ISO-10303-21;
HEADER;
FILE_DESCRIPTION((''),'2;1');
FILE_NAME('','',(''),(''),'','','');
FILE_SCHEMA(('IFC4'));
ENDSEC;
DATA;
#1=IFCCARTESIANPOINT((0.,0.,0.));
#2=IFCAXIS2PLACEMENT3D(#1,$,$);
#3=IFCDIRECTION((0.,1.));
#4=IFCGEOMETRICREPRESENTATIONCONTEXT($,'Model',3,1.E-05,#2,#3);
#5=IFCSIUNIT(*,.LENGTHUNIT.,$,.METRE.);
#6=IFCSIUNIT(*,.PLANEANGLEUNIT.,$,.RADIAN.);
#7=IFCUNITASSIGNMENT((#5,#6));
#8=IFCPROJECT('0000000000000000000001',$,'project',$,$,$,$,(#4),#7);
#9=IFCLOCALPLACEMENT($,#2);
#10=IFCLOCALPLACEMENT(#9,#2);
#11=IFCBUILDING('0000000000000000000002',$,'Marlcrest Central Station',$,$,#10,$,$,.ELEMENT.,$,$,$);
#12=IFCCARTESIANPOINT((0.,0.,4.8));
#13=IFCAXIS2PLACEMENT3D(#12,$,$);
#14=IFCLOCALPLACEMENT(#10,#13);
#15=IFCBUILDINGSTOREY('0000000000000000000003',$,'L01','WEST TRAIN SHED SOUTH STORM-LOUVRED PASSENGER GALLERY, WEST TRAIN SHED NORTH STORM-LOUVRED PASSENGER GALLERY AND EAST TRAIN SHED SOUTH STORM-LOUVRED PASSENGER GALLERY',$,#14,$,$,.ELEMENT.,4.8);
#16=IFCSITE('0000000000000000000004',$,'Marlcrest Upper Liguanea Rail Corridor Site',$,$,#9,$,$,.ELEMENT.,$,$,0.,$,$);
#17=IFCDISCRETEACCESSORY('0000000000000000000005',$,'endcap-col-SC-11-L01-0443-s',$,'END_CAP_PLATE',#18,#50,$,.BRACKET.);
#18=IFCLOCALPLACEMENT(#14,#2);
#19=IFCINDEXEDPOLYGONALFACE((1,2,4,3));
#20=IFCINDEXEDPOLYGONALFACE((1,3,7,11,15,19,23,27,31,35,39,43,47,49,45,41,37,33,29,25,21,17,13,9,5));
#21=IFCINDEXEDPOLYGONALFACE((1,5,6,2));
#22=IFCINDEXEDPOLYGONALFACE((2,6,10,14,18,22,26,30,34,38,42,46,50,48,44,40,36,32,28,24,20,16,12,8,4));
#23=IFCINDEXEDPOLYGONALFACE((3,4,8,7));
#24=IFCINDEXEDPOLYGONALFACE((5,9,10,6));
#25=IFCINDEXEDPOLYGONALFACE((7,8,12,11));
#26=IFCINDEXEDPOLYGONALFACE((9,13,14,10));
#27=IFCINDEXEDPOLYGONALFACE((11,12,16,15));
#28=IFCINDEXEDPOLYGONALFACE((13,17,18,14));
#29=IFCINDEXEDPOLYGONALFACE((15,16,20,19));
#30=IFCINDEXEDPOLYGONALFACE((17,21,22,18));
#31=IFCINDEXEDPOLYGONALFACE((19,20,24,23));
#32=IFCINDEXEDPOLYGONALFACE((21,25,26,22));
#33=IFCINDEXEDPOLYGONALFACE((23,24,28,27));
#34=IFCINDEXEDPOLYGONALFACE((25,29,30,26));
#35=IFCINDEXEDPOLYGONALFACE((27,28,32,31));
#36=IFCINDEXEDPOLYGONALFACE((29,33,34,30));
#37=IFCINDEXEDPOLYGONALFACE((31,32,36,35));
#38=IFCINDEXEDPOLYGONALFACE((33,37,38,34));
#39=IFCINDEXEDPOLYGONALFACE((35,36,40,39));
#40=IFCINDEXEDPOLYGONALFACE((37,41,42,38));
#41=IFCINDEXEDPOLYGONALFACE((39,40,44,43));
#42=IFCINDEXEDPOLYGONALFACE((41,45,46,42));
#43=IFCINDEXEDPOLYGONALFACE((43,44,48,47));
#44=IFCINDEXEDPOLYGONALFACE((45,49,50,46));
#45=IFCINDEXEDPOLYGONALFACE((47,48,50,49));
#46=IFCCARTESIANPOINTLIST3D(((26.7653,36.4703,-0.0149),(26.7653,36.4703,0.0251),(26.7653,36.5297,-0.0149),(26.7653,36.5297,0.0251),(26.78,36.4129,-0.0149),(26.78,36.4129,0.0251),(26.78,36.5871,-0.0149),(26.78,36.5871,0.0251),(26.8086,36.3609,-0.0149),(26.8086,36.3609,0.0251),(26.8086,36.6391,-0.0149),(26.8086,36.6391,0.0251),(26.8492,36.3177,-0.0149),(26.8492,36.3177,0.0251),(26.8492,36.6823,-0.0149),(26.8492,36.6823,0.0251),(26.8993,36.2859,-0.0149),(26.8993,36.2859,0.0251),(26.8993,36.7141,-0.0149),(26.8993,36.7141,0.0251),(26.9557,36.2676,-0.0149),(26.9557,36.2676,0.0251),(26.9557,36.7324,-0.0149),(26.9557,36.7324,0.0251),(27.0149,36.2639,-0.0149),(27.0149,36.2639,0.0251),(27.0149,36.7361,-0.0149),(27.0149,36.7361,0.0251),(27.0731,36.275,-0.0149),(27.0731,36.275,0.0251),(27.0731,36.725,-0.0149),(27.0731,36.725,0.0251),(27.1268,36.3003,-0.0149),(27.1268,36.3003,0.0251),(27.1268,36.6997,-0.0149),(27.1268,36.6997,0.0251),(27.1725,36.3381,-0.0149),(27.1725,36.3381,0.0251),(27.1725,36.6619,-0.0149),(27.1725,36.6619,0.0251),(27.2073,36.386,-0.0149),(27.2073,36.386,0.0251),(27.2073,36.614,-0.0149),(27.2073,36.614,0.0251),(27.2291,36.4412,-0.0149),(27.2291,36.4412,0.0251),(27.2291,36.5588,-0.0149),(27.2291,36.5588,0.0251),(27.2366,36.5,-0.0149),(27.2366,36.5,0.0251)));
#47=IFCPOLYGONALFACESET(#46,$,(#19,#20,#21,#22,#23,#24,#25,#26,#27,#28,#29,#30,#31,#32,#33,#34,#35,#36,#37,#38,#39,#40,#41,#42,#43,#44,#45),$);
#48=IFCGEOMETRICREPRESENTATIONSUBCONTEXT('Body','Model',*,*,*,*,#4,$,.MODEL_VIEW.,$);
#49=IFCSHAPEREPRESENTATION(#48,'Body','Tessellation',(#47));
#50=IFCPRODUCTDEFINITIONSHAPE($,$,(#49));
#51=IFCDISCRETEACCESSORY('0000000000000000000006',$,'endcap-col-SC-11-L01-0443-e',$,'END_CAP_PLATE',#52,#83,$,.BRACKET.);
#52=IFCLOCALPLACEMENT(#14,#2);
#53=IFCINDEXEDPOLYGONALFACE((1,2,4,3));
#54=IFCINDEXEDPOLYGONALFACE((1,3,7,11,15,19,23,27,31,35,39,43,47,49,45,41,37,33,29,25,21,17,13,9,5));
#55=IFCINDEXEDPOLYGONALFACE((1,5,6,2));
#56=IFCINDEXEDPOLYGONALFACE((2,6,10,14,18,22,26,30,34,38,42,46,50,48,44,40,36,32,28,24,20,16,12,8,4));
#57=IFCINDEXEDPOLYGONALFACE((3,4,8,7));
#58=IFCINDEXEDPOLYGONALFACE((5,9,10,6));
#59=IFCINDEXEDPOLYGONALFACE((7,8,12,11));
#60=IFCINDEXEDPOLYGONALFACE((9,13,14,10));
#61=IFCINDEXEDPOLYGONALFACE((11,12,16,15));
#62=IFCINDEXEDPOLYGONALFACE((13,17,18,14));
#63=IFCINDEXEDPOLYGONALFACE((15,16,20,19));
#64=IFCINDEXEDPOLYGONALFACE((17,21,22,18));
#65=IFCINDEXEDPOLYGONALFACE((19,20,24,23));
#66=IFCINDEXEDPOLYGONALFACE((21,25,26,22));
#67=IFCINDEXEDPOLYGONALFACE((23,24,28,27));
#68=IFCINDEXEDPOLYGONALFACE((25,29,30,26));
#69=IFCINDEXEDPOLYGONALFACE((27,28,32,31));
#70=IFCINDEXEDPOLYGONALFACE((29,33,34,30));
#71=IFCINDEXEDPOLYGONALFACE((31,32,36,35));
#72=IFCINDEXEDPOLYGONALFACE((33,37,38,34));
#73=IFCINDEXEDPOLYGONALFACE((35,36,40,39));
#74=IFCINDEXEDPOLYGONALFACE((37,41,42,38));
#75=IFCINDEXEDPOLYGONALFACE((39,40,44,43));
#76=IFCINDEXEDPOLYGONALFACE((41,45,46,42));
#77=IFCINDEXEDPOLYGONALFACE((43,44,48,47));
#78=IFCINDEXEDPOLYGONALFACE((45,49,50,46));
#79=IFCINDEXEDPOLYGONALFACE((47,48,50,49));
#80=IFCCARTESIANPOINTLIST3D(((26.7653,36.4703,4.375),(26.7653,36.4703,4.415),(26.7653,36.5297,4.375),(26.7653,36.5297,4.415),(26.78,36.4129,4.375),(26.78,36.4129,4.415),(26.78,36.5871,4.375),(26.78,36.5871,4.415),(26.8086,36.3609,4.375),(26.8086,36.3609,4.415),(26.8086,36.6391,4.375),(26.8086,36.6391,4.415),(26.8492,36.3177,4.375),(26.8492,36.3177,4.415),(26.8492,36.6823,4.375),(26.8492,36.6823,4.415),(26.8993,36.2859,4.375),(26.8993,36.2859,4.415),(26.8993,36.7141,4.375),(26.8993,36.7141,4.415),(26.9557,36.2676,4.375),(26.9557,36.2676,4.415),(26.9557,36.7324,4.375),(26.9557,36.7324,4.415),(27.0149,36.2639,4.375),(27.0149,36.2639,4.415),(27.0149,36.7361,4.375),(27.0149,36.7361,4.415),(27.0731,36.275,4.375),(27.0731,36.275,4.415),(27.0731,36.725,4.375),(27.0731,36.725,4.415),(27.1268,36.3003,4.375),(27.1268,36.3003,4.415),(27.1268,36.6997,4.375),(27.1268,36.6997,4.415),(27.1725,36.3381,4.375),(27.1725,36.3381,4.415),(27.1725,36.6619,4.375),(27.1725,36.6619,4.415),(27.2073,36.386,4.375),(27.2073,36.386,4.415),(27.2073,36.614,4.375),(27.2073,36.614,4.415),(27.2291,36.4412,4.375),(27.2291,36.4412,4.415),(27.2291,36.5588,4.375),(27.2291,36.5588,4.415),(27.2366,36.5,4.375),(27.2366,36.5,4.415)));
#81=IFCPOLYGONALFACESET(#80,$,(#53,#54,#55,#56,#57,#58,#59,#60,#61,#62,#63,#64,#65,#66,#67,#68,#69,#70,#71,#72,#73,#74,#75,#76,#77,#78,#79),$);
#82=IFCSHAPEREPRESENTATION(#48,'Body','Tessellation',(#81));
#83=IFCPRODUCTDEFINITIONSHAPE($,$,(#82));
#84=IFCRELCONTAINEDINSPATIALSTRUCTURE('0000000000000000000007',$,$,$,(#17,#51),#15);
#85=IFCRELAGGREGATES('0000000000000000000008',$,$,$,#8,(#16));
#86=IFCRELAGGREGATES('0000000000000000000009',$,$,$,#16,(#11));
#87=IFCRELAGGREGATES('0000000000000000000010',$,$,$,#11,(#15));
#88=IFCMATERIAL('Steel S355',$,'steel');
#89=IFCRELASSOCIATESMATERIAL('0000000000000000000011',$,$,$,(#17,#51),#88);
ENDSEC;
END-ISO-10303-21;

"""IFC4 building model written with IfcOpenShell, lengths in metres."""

from ifc_helpers import new_model, si_unit, direction, frame, origin, origin_2d, place, context, subcontext, project, spatial, circle, extrude, material, element, save


model = new_model("IFC4")

# Units and contexts
model_context = context("Model", 3, precision=1e-05, world=origin(), true_north=direction((0.0, 1.0)))
body_context = subcontext(model_context, "Body", "Model", "MODEL_VIEW")
ifc_project = project(units=[si_unit("LENGTHUNIT", "METRE"), si_unit("PLANEANGLEUNIT", "RADIAN")], contexts=[model_context])

# Site, building, storey
site_placement = place(None, origin())
site = spatial("IfcSite", under=ifc_project, at=site_placement, Name="Marlcrest Upper Liguanea Rail Corridor Site", CompositionType="ELEMENT", RefElevation=0.0)
building_placement = place(site_placement, origin())
building = spatial("IfcBuilding", under=site, at=building_placement, Name="Marlcrest Central Station", CompositionType="ELEMENT")
storey_placement = place(building_placement, frame((0.0, 0.0, 4.8)))
storey = spatial("IfcBuildingStorey", under=building, at=storey_placement, Name="L01", Description="WEST TRAIN SHED SOUTH STORM-LOUVRED PASSENGER GALLERY, WEST TRAIN SHED NORTH STORM-LOUVRED PASSENGER GALLERY AND EAST TRAIN SHED SOUTH STORM-LOUVRED PASSENGER GALLERY", CompositionType="ELEMENT", Elevation=4.8)

# Shared definitions
ifc_material_1 = material(Name="Steel S355", Category="steel")

# Discrete accessories
for number, where, z_axis, x_axis, name in (
    (1, (27.0, 36.5, -0.0149), (0.0, 0.0, 1.0), (1.0, 0.0, 0.0), "endcap-col-SC-11-L01-0443-s"),
    (2, (27.0, 36.5, 4.375), (0.0, 0.0, 1.0), (1.0, 0.0, 0.0), "endcap-col-SC-11-L01-0443-e"),
):
    element("IfcDiscreteAccessory", number, at=place(storey_placement, frame(where, z_axis=z_axis, x_axis=x_axis)), inside=storey, material=ifc_material_1, Name=name, ObjectType="END_CAP_PLATE", PredefinedType="BRACKET", context=body_context, shape_type="SweptSolid", body=[
        extrude(circle(Radius=0.2366, at=origin_2d()), origin(), (0.0, 0.0, 1.0), 0.04),
    ])

save(model, "model.ifc")
